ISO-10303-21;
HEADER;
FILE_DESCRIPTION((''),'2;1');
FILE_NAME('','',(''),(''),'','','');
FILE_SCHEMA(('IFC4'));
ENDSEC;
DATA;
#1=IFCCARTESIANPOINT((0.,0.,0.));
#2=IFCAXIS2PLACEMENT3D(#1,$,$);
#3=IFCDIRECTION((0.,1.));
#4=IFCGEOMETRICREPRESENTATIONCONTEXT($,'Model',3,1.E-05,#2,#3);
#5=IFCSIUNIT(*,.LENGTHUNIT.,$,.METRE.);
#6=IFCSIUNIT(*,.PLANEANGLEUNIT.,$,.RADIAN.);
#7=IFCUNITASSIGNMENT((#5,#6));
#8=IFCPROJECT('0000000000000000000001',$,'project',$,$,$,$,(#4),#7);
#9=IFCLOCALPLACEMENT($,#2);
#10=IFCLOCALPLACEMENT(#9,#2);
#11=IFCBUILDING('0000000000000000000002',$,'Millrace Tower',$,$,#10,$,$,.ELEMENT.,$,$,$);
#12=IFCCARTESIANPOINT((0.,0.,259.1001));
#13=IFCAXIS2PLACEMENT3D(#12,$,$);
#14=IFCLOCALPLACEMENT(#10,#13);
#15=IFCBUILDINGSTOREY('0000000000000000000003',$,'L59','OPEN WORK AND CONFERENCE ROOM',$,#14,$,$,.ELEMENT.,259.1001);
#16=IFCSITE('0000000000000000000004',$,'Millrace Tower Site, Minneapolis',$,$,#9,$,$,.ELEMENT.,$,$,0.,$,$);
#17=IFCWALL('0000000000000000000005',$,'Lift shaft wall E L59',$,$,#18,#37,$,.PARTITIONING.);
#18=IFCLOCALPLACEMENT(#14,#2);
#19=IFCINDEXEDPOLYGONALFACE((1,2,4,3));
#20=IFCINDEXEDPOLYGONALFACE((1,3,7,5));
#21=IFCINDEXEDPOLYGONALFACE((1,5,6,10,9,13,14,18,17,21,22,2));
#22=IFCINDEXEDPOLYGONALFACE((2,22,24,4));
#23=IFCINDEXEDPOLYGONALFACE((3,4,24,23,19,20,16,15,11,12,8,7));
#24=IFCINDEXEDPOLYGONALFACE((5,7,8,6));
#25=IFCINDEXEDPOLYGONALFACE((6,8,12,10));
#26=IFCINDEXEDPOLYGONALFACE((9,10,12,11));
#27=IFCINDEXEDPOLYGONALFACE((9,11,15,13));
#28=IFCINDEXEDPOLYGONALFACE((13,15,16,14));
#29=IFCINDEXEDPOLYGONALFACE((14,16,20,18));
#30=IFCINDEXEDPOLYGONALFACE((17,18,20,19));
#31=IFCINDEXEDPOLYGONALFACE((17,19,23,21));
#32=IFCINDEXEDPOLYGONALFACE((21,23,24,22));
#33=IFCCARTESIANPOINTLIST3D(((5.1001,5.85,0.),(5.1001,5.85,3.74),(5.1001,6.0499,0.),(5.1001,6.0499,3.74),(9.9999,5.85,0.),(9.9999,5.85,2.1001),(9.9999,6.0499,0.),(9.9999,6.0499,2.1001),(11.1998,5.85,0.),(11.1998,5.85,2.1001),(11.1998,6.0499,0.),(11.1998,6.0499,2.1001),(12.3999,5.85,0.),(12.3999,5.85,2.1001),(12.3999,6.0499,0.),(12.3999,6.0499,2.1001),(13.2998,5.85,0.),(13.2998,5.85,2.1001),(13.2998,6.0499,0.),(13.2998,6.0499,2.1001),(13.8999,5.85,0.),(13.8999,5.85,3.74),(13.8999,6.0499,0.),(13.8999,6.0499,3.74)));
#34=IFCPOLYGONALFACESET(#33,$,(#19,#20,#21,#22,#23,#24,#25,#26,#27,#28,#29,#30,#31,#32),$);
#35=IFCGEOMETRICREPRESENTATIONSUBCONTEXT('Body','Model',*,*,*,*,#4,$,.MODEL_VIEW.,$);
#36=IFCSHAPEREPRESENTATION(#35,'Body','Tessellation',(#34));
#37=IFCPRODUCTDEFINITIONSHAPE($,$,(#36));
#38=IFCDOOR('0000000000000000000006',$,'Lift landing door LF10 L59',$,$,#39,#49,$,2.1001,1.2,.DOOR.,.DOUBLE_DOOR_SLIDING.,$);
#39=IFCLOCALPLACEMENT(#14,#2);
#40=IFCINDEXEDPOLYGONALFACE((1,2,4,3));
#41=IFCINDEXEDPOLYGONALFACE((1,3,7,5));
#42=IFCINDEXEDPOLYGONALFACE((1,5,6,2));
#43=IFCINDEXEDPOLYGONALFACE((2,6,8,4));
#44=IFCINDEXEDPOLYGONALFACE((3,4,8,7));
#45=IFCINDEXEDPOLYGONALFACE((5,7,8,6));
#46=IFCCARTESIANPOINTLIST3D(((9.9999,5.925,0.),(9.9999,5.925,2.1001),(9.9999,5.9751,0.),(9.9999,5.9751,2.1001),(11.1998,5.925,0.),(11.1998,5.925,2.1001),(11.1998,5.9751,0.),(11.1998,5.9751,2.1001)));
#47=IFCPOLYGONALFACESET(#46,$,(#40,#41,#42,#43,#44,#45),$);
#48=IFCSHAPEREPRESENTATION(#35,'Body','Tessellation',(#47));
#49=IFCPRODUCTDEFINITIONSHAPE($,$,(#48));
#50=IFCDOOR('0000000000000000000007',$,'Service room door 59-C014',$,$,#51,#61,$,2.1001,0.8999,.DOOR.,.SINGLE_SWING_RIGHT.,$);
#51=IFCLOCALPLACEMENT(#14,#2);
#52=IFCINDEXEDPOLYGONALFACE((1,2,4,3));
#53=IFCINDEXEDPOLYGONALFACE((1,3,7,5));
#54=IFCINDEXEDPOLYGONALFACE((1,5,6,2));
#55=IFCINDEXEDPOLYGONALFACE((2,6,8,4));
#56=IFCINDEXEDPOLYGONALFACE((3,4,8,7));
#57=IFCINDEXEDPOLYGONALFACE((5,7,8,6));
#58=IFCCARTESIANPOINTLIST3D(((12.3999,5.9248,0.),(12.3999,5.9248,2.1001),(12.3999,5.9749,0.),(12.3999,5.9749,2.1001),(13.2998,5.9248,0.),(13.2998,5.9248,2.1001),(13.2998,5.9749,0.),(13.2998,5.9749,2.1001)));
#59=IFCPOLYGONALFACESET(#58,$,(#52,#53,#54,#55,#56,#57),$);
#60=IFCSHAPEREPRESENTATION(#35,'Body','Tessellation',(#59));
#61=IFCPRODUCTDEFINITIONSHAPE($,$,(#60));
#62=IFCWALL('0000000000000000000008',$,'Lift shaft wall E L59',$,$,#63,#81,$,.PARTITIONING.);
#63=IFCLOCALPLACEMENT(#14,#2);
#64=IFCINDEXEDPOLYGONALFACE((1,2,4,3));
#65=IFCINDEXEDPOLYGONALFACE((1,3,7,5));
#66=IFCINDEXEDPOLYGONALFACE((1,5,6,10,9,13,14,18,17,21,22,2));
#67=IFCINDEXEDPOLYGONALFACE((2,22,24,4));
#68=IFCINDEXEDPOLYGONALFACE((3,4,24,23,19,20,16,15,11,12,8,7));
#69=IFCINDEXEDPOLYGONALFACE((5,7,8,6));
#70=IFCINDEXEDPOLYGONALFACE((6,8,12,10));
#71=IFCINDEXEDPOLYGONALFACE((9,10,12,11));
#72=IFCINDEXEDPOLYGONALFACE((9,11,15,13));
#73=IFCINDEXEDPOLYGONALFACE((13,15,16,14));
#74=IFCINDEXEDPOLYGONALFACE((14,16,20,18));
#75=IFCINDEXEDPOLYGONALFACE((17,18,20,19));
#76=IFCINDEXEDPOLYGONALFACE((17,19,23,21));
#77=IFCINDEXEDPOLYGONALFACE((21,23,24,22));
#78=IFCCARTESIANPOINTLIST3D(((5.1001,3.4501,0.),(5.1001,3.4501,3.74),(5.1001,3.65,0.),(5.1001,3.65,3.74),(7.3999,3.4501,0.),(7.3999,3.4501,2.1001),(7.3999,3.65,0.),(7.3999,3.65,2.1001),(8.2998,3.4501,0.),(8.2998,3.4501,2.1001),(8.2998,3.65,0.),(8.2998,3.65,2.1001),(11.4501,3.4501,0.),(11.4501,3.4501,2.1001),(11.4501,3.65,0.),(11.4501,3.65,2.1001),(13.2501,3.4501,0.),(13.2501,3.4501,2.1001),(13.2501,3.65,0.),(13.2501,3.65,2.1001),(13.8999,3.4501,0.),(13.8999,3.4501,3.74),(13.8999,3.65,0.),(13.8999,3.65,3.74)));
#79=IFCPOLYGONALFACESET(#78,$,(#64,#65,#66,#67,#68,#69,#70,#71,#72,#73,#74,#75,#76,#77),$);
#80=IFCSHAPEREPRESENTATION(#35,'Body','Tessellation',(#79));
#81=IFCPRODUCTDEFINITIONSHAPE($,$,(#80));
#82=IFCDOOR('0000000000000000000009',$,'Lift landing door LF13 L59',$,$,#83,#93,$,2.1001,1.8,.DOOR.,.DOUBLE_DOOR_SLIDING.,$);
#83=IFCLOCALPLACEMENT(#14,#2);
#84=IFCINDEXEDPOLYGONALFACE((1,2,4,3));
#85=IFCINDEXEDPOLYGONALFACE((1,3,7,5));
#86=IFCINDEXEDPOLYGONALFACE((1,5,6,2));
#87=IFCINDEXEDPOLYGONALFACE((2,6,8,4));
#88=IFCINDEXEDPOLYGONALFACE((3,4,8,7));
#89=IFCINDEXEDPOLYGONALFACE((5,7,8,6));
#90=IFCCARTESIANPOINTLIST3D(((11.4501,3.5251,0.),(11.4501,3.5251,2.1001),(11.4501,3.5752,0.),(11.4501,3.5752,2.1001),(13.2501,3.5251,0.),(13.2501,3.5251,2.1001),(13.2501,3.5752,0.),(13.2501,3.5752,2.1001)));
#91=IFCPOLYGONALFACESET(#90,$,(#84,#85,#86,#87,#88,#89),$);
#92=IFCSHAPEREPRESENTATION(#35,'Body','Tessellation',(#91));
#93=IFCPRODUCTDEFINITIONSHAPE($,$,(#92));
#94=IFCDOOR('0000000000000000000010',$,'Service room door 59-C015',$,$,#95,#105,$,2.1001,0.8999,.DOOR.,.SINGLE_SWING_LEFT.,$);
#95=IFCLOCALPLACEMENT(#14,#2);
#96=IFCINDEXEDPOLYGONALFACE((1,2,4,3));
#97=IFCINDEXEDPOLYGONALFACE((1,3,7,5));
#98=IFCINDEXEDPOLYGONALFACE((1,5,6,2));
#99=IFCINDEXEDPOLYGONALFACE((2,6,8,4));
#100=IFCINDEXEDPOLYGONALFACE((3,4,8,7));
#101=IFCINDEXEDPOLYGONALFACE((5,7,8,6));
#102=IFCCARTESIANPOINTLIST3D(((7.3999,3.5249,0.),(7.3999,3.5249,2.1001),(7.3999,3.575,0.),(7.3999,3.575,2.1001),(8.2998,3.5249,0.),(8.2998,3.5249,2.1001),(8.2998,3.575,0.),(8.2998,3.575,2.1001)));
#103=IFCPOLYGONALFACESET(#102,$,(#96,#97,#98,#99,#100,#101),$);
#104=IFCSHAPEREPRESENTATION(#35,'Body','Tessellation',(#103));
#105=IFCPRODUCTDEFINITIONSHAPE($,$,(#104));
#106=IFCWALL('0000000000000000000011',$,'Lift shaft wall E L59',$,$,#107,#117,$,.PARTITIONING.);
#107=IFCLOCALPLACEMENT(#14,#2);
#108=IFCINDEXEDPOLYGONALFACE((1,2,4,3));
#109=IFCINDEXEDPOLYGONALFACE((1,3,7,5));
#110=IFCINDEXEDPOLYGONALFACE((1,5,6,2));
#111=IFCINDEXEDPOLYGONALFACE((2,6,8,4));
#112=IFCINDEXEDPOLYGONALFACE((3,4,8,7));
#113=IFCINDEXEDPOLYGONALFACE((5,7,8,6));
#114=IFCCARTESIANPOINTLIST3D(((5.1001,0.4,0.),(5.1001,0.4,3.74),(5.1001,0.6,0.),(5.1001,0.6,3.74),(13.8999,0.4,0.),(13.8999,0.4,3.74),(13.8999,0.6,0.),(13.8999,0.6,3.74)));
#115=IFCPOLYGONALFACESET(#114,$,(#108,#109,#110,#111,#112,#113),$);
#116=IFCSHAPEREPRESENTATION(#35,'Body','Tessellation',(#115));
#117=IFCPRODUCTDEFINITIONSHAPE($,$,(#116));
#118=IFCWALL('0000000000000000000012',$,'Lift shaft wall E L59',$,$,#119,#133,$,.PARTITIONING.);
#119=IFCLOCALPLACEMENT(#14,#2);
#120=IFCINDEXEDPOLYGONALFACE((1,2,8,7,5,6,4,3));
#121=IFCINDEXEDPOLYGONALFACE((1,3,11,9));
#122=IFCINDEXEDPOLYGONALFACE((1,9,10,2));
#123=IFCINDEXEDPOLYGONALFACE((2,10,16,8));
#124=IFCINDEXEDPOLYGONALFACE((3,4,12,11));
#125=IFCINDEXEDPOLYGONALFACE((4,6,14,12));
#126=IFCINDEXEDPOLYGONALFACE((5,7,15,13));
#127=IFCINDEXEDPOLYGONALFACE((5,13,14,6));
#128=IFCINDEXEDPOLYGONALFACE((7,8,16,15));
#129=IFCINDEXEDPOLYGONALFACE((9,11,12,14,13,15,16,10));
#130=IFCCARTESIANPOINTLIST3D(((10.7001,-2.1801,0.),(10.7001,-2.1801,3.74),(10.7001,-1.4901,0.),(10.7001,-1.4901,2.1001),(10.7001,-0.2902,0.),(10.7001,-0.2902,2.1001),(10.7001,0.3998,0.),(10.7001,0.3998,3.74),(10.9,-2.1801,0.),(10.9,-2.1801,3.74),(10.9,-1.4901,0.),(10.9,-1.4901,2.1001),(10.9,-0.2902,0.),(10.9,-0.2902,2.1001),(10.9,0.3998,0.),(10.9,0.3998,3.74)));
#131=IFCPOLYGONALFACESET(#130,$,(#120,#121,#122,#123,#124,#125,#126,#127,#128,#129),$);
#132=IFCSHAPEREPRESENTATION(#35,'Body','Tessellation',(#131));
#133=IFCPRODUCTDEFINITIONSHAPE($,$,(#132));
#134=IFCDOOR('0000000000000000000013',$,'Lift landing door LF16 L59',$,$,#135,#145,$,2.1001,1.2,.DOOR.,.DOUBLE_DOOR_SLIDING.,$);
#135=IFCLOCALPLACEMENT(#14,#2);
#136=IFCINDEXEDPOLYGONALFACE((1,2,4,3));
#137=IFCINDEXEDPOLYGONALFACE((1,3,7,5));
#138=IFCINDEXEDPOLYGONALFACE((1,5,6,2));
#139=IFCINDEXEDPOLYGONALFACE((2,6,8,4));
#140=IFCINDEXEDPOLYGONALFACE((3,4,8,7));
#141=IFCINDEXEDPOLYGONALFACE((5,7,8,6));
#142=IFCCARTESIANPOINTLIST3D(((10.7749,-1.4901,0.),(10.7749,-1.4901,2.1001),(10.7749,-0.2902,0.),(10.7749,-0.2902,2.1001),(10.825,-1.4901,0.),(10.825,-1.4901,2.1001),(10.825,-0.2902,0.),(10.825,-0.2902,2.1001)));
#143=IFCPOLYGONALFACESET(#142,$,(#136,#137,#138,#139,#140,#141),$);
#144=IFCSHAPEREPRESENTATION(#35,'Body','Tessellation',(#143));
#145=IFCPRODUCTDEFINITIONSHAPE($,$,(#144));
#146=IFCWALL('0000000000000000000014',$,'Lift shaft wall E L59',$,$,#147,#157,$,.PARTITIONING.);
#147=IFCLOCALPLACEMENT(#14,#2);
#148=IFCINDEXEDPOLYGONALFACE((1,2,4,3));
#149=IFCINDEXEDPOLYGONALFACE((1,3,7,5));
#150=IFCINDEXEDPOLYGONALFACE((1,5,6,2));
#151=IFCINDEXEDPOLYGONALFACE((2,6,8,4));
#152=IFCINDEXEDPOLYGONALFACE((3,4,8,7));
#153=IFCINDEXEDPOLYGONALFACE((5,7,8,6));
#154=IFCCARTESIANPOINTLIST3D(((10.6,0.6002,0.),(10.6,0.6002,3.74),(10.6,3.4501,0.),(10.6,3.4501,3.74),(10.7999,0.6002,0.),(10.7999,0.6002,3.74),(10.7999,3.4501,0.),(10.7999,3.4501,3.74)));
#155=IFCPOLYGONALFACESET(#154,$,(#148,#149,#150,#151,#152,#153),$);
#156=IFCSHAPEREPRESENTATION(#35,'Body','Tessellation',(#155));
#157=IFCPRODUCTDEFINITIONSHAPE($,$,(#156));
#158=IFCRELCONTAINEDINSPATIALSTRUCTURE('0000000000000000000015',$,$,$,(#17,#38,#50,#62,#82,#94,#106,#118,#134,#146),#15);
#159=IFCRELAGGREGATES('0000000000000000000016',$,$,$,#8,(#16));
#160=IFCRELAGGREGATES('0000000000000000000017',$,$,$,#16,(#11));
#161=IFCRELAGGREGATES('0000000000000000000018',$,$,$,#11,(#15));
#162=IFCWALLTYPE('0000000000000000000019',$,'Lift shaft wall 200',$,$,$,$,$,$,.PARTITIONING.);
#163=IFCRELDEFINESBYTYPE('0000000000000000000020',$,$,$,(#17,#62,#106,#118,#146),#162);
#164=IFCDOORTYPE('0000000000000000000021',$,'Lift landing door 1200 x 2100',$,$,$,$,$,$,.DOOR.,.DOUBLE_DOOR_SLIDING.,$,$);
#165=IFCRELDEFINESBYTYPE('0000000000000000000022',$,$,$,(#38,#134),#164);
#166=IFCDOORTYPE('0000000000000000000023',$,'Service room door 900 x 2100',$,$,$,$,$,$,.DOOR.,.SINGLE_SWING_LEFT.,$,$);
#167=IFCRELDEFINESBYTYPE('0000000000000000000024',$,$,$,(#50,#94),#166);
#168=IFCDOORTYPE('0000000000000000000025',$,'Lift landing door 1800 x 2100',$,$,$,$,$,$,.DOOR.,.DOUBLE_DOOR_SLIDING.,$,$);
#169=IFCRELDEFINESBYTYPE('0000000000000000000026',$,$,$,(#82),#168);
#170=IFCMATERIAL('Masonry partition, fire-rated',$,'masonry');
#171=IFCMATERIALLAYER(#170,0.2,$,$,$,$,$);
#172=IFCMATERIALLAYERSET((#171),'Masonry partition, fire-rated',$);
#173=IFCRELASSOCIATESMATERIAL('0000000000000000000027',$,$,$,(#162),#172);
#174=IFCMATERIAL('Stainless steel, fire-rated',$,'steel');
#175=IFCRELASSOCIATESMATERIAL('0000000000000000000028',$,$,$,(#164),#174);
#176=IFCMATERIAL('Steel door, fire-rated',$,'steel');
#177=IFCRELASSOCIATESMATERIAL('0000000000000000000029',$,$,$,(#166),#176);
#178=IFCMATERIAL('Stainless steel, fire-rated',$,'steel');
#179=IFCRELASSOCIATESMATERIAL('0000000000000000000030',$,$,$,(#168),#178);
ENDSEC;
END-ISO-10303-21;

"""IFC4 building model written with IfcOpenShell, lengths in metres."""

from ifc_helpers import new_model, si_unit, direction, frame, frame_2d, origin, place, context, subcontext, project, spatial, rectangle, extrude, material, layer, layer_set, type_object, element, fill, save


model = new_model("IFC4")

# Units and contexts
model_context = context("Model", 3, precision=1e-05, world=origin(), true_north=direction((0.0, 1.0)))
body_context = subcontext(model_context, "Body", "Model", "MODEL_VIEW")
ifc_project = project(units=[si_unit("LENGTHUNIT", "METRE"), si_unit("PLANEANGLEUNIT", "RADIAN")], contexts=[model_context])

# Site, building, storey
site_placement = place(None, origin())
site = spatial("IfcSite", under=ifc_project, at=site_placement, Name="Millrace Tower Site, Minneapolis", CompositionType="ELEMENT", RefElevation=0.0)
building_placement = place(site_placement, origin())
building = spatial("IfcBuilding", under=site, at=building_placement, Name="Millrace Tower", CompositionType="ELEMENT")
storey_placement = place(building_placement, frame((0.0, 0.0, 259.1001)))
storey = spatial("IfcBuildingStorey", under=building, at=storey_placement, Name="L59", Description="OPEN WORK AND CONFERENCE ROOM", CompositionType="ELEMENT", Elevation=259.1001)

# Walls, openings, doors
ifc_material_1 = material(Name="Masonry partition, fire-rated", Category="masonry")
ifc_layer_1 = layer(ifc_material_1, 0.2)
ifc_layer_set_1 = layer_set([ifc_layer_1], Name="Masonry partition, fire-rated")
wall_type_1 = type_object("IfcWallType", Name="Lift shaft wall 200", PredefinedType="PARTITIONING", material=ifc_layer_set_1)
wall_1_placement = place(storey_placement, frame((13.8999, 5.95, 0.0), z_axis=(0.0, 0.0, 1.0), x_axis=(-1.0, 0.0, 0.0)))
wall_1 = element("IfcWall", 1, at=wall_1_placement, inside=storey, type_object=wall_type_1, Name="Lift shaft wall E L59", PredefinedType="PARTITIONING", context=body_context, shape_type="SweptSolid", body=[
    extrude(rectangle(XDim=8.7998, YDim=0.2, at=frame_2d((4.3999, 0.0))), origin(), (0.0, 0.0, 1.0), 3.74),
])
opening_1_placement = place(wall_1_placement, frame((2.7, 0.0, 0.0)))
opening_1 = element("IfcOpeningElement", 2, at=opening_1_placement, cuts=wall_1, PredefinedType="OPENING", context=body_context, shape_type="SweptSolid", body=[
    extrude(rectangle(XDim=1.2, YDim=2.1001, at=frame_2d((0.6001, 1.05))), frame((0.0, 0.1099, 0.0), z_axis=(0.0, -1.0, 0.0), x_axis=(1.0, 0.0, 0.0)), (0.0, 0.0, 1.0), 0.22),
])
opening_2_placement = place(wall_1_placement, frame((0.6001, 0.0, 0.0)))
opening_2 = element("IfcOpeningElement", 3, at=opening_2_placement, cuts=wall_1, PredefinedType="OPENING", context=body_context, shape_type="SweptSolid", body=[
    extrude(rectangle(XDim=0.8999, YDim=2.1001, at=frame_2d((0.45, 1.05))), frame((0.0, 0.1099, 0.0), z_axis=(0.0, -1.0, 0.0), x_axis=(1.0, 0.0, 0.0)), (0.0, 0.0, 1.0), 0.22),
])
ifc_material_2 = material(Name="Stainless steel, fire-rated", Category="steel")
door_type_1 = type_object("IfcDoorType", Name="Lift landing door 1200 x 2100", OperationType="DOUBLE_DOOR_SLIDING", PredefinedType="DOOR", material=ifc_material_2)
door_1_placement = place(opening_1_placement, origin())
door_1 = element("IfcDoor", 4, at=door_1_placement, inside=storey, type_object=door_type_1, Name="Lift landing door LF10 L59", OperationType="DOUBLE_DOOR_SLIDING", OverallHeight=2.1001, OverallWidth=1.2, PredefinedType="DOOR", context=body_context, shape_type="SweptSolid", body=[
    extrude(rectangle(XDim=1.2, YDim=2.1001, at=frame_2d((0.6001, 1.05))), frame((0.0, 0.0249, 0.0), z_axis=(0.0, -1.0, 0.0), x_axis=(1.0, 0.0, 0.0)), (0.0, 0.0, 1.0), 0.05),
])
fill(opening_1, door_1)
ifc_material_3 = material(Name="Steel door, fire-rated", Category="steel")
door_type_2 = type_object("IfcDoorType", Name="Service room door 900 x 2100", OperationType="SINGLE_SWING_LEFT", PredefinedType="DOOR", material=ifc_material_3)
door_2_placement = place(opening_2_placement, frame((0.8999, 0.0, 0.0), z_axis=(0.0, 0.0, 1.0), x_axis=(-1.0, 0.0, 0.0)))
door_2 = element("IfcDoor", 5, at=door_2_placement, inside=storey, type_object=door_type_2, Name="Service room door 59-C014", OperationType="SINGLE_SWING_RIGHT", OverallHeight=2.1001, OverallWidth=0.8999, PredefinedType="DOOR", context=body_context, shape_type="SweptSolid", body=[
    extrude(rectangle(XDim=0.8999, YDim=2.1001, at=frame_2d((0.45, 1.05))), frame((0.0, 0.0249, 0.0), z_axis=(0.0, -1.0, 0.0), x_axis=(1.0, 0.0, 0.0)), (0.0, 0.0, 1.0), 0.05),
])
fill(opening_2, door_2)
wall_2_placement = place(storey_placement, frame((13.8999, 3.55, 0.0), z_axis=(0.0, 0.0, 1.0), x_axis=(-1.0, 0.0, 0.0)))
wall_2 = element("IfcWall", 6, at=wall_2_placement, inside=storey, type_object=wall_type_1, Name="Lift shaft wall E L59", PredefinedType="PARTITIONING", context=body_context, shape_type="SweptSolid", body=[
    extrude(rectangle(XDim=8.7998, YDim=0.2, at=frame_2d((4.3999, 0.0))), origin(), (0.0, 0.0, 1.0), 3.74),
])
opening_3_placement = place(wall_2_placement, frame((0.6499, 0.0, 0.0)))
opening_3 = element("IfcOpeningElement", 7, at=opening_3_placement, cuts=wall_2, PredefinedType="OPENING", context=body_context, shape_type="SweptSolid", body=[
    extrude(rectangle(XDim=1.8, YDim=2.1001, at=frame_2d((0.8999, 1.05))), frame((0.0, 0.1099, 0.0), z_axis=(0.0, -1.0, 0.0), x_axis=(1.0, 0.0, 0.0)), (0.0, 0.0, 1.0), 0.22),
])
opening_4_placement = place(wall_2_placement, frame((5.6001, 0.0, 0.0)))
opening_4 = element("IfcOpeningElement", 8, at=opening_4_placement, cuts=wall_2, PredefinedType="OPENING", context=body_context, shape_type="SweptSolid", body=[
    extrude(rectangle(XDim=0.8999, YDim=2.1001, at=frame_2d((0.45, 1.05))), frame((0.0, 0.1099, 0.0), z_axis=(0.0, -1.0, 0.0), x_axis=(1.0, 0.0, 0.0)), (0.0, 0.0, 1.0), 0.22),
])
ifc_material_4 = material(Name="Stainless steel, fire-rated", Category="steel")
door_type_3 = type_object("IfcDoorType", Name="Lift landing door 1800 x 2100", OperationType="DOUBLE_DOOR_SLIDING", PredefinedType="DOOR", material=ifc_material_4)
door_3_placement = place(opening_3_placement, origin())
door_3 = element("IfcDoor", 9, at=door_3_placement, inside=storey, type_object=door_type_3, Name="Lift landing door LF13 L59", OperationType="DOUBLE_DOOR_SLIDING", OverallHeight=2.1001, OverallWidth=1.8, PredefinedType="DOOR", context=body_context, shape_type="SweptSolid", body=[
    extrude(rectangle(XDim=1.8, YDim=2.1001, at=frame_2d((0.8999, 1.05))), frame((0.0, 0.0249, 0.0), z_axis=(0.0, -1.0, 0.0), x_axis=(1.0, 0.0, 0.0)), (0.0, 0.0, 1.0), 0.05),
])
fill(opening_3, door_3)
door_4_placement = place(opening_4_placement, frame((0.8999, 0.0, 0.0), z_axis=(0.0, 0.0, 1.0), x_axis=(-1.0, 0.0, 0.0)))
door_4 = element("IfcDoor", 10, at=door_4_placement, inside=storey, type_object=door_type_2, Name="Service room door 59-C015", OperationType="SINGLE_SWING_LEFT", OverallHeight=2.1001, OverallWidth=0.8999, PredefinedType="DOOR", context=body_context, shape_type="SweptSolid", body=[
    extrude(rectangle(XDim=0.8999, YDim=2.1001, at=frame_2d((0.45, 1.05))), frame((0.0, 0.0249, 0.0), z_axis=(0.0, -1.0, 0.0), x_axis=(1.0, 0.0, 0.0)), (0.0, 0.0, 1.0), 0.05),
])
fill(opening_4, door_4)

# Wall
wall_3_placement = place(storey_placement, frame((13.8999, 0.5, 0.0), z_axis=(0.0, 0.0, 1.0), x_axis=(-1.0, 0.0, 0.0)))
element("IfcWall", 11, at=wall_3_placement, inside=storey, type_object=wall_type_1, Name="Lift shaft wall E L59", PredefinedType="PARTITIONING", context=body_context, shape_type="SweptSolid", body=[
    extrude(rectangle(XDim=8.7998, YDim=0.2, at=frame_2d((4.3999, 0.0))), origin(), (0.0, 0.0, 1.0), 3.74),
])

# Wall, opening, door
wall_4_placement = place(storey_placement, frame((10.8, 0.3999, 0.0), z_axis=(0.0, 0.0, 1.0), x_axis=(0.0, -1.0, 0.0)))
wall_4 = element("IfcWall", 12, at=wall_4_placement, inside=storey, type_object=wall_type_1, Name="Lift shaft wall E L59", PredefinedType="PARTITIONING", context=body_context, shape_type="SweptSolid", body=[
    extrude(rectangle(XDim=2.5798, YDim=0.2, at=frame_2d((1.29, 0.0))), origin(), (0.0, 0.0, 1.0), 3.74),
])
opening_5_placement = place(wall_4_placement, frame((0.6899, 0.0, 0.0)))
opening_5 = element("IfcOpeningElement", 13, at=opening_5_placement, cuts=wall_4, PredefinedType="OPENING", context=body_context, shape_type="SweptSolid", body=[
    extrude(rectangle(XDim=1.2, YDim=2.1001, at=frame_2d((0.6001, 1.05))), frame((0.0, 0.1099, 0.0), z_axis=(0.0, -1.0, 0.0), x_axis=(1.0, 0.0, 0.0)), (0.0, 0.0, 1.0), 0.22),
])
door_5_placement = place(opening_5_placement, origin())
door_5 = element("IfcDoor", 14, at=door_5_placement, inside=storey, type_object=door_type_1, Name="Lift landing door LF16 L59", OperationType="DOUBLE_DOOR_SLIDING", OverallHeight=2.1001, OverallWidth=1.2, PredefinedType="DOOR", context=body_context, shape_type="SweptSolid", body=[
    extrude(rectangle(XDim=1.2, YDim=2.1001, at=frame_2d((0.6001, 1.05))), frame((0.0, 0.0249, 0.0), z_axis=(0.0, -1.0, 0.0), x_axis=(1.0, 0.0, 0.0)), (0.0, 0.0, 1.0), 0.05),
])
fill(opening_5, door_5)

# Wall
wall_5_placement = place(storey_placement, frame((10.7, 3.45, 0.0), z_axis=(0.0, 0.0, 1.0), x_axis=(0.0, -1.0, 0.0)))
element("IfcWall", 15, at=wall_5_placement, inside=storey, type_object=wall_type_1, Name="Lift shaft wall E L59", PredefinedType="PARTITIONING", context=body_context, shape_type="SweptSolid", body=[
    extrude(rectangle(XDim=2.8499, YDim=0.2, at=frame_2d((1.4248, 0.0))), origin(), (0.0, 0.0, 1.0), 3.74),
])

save(model, "model.ifc")
